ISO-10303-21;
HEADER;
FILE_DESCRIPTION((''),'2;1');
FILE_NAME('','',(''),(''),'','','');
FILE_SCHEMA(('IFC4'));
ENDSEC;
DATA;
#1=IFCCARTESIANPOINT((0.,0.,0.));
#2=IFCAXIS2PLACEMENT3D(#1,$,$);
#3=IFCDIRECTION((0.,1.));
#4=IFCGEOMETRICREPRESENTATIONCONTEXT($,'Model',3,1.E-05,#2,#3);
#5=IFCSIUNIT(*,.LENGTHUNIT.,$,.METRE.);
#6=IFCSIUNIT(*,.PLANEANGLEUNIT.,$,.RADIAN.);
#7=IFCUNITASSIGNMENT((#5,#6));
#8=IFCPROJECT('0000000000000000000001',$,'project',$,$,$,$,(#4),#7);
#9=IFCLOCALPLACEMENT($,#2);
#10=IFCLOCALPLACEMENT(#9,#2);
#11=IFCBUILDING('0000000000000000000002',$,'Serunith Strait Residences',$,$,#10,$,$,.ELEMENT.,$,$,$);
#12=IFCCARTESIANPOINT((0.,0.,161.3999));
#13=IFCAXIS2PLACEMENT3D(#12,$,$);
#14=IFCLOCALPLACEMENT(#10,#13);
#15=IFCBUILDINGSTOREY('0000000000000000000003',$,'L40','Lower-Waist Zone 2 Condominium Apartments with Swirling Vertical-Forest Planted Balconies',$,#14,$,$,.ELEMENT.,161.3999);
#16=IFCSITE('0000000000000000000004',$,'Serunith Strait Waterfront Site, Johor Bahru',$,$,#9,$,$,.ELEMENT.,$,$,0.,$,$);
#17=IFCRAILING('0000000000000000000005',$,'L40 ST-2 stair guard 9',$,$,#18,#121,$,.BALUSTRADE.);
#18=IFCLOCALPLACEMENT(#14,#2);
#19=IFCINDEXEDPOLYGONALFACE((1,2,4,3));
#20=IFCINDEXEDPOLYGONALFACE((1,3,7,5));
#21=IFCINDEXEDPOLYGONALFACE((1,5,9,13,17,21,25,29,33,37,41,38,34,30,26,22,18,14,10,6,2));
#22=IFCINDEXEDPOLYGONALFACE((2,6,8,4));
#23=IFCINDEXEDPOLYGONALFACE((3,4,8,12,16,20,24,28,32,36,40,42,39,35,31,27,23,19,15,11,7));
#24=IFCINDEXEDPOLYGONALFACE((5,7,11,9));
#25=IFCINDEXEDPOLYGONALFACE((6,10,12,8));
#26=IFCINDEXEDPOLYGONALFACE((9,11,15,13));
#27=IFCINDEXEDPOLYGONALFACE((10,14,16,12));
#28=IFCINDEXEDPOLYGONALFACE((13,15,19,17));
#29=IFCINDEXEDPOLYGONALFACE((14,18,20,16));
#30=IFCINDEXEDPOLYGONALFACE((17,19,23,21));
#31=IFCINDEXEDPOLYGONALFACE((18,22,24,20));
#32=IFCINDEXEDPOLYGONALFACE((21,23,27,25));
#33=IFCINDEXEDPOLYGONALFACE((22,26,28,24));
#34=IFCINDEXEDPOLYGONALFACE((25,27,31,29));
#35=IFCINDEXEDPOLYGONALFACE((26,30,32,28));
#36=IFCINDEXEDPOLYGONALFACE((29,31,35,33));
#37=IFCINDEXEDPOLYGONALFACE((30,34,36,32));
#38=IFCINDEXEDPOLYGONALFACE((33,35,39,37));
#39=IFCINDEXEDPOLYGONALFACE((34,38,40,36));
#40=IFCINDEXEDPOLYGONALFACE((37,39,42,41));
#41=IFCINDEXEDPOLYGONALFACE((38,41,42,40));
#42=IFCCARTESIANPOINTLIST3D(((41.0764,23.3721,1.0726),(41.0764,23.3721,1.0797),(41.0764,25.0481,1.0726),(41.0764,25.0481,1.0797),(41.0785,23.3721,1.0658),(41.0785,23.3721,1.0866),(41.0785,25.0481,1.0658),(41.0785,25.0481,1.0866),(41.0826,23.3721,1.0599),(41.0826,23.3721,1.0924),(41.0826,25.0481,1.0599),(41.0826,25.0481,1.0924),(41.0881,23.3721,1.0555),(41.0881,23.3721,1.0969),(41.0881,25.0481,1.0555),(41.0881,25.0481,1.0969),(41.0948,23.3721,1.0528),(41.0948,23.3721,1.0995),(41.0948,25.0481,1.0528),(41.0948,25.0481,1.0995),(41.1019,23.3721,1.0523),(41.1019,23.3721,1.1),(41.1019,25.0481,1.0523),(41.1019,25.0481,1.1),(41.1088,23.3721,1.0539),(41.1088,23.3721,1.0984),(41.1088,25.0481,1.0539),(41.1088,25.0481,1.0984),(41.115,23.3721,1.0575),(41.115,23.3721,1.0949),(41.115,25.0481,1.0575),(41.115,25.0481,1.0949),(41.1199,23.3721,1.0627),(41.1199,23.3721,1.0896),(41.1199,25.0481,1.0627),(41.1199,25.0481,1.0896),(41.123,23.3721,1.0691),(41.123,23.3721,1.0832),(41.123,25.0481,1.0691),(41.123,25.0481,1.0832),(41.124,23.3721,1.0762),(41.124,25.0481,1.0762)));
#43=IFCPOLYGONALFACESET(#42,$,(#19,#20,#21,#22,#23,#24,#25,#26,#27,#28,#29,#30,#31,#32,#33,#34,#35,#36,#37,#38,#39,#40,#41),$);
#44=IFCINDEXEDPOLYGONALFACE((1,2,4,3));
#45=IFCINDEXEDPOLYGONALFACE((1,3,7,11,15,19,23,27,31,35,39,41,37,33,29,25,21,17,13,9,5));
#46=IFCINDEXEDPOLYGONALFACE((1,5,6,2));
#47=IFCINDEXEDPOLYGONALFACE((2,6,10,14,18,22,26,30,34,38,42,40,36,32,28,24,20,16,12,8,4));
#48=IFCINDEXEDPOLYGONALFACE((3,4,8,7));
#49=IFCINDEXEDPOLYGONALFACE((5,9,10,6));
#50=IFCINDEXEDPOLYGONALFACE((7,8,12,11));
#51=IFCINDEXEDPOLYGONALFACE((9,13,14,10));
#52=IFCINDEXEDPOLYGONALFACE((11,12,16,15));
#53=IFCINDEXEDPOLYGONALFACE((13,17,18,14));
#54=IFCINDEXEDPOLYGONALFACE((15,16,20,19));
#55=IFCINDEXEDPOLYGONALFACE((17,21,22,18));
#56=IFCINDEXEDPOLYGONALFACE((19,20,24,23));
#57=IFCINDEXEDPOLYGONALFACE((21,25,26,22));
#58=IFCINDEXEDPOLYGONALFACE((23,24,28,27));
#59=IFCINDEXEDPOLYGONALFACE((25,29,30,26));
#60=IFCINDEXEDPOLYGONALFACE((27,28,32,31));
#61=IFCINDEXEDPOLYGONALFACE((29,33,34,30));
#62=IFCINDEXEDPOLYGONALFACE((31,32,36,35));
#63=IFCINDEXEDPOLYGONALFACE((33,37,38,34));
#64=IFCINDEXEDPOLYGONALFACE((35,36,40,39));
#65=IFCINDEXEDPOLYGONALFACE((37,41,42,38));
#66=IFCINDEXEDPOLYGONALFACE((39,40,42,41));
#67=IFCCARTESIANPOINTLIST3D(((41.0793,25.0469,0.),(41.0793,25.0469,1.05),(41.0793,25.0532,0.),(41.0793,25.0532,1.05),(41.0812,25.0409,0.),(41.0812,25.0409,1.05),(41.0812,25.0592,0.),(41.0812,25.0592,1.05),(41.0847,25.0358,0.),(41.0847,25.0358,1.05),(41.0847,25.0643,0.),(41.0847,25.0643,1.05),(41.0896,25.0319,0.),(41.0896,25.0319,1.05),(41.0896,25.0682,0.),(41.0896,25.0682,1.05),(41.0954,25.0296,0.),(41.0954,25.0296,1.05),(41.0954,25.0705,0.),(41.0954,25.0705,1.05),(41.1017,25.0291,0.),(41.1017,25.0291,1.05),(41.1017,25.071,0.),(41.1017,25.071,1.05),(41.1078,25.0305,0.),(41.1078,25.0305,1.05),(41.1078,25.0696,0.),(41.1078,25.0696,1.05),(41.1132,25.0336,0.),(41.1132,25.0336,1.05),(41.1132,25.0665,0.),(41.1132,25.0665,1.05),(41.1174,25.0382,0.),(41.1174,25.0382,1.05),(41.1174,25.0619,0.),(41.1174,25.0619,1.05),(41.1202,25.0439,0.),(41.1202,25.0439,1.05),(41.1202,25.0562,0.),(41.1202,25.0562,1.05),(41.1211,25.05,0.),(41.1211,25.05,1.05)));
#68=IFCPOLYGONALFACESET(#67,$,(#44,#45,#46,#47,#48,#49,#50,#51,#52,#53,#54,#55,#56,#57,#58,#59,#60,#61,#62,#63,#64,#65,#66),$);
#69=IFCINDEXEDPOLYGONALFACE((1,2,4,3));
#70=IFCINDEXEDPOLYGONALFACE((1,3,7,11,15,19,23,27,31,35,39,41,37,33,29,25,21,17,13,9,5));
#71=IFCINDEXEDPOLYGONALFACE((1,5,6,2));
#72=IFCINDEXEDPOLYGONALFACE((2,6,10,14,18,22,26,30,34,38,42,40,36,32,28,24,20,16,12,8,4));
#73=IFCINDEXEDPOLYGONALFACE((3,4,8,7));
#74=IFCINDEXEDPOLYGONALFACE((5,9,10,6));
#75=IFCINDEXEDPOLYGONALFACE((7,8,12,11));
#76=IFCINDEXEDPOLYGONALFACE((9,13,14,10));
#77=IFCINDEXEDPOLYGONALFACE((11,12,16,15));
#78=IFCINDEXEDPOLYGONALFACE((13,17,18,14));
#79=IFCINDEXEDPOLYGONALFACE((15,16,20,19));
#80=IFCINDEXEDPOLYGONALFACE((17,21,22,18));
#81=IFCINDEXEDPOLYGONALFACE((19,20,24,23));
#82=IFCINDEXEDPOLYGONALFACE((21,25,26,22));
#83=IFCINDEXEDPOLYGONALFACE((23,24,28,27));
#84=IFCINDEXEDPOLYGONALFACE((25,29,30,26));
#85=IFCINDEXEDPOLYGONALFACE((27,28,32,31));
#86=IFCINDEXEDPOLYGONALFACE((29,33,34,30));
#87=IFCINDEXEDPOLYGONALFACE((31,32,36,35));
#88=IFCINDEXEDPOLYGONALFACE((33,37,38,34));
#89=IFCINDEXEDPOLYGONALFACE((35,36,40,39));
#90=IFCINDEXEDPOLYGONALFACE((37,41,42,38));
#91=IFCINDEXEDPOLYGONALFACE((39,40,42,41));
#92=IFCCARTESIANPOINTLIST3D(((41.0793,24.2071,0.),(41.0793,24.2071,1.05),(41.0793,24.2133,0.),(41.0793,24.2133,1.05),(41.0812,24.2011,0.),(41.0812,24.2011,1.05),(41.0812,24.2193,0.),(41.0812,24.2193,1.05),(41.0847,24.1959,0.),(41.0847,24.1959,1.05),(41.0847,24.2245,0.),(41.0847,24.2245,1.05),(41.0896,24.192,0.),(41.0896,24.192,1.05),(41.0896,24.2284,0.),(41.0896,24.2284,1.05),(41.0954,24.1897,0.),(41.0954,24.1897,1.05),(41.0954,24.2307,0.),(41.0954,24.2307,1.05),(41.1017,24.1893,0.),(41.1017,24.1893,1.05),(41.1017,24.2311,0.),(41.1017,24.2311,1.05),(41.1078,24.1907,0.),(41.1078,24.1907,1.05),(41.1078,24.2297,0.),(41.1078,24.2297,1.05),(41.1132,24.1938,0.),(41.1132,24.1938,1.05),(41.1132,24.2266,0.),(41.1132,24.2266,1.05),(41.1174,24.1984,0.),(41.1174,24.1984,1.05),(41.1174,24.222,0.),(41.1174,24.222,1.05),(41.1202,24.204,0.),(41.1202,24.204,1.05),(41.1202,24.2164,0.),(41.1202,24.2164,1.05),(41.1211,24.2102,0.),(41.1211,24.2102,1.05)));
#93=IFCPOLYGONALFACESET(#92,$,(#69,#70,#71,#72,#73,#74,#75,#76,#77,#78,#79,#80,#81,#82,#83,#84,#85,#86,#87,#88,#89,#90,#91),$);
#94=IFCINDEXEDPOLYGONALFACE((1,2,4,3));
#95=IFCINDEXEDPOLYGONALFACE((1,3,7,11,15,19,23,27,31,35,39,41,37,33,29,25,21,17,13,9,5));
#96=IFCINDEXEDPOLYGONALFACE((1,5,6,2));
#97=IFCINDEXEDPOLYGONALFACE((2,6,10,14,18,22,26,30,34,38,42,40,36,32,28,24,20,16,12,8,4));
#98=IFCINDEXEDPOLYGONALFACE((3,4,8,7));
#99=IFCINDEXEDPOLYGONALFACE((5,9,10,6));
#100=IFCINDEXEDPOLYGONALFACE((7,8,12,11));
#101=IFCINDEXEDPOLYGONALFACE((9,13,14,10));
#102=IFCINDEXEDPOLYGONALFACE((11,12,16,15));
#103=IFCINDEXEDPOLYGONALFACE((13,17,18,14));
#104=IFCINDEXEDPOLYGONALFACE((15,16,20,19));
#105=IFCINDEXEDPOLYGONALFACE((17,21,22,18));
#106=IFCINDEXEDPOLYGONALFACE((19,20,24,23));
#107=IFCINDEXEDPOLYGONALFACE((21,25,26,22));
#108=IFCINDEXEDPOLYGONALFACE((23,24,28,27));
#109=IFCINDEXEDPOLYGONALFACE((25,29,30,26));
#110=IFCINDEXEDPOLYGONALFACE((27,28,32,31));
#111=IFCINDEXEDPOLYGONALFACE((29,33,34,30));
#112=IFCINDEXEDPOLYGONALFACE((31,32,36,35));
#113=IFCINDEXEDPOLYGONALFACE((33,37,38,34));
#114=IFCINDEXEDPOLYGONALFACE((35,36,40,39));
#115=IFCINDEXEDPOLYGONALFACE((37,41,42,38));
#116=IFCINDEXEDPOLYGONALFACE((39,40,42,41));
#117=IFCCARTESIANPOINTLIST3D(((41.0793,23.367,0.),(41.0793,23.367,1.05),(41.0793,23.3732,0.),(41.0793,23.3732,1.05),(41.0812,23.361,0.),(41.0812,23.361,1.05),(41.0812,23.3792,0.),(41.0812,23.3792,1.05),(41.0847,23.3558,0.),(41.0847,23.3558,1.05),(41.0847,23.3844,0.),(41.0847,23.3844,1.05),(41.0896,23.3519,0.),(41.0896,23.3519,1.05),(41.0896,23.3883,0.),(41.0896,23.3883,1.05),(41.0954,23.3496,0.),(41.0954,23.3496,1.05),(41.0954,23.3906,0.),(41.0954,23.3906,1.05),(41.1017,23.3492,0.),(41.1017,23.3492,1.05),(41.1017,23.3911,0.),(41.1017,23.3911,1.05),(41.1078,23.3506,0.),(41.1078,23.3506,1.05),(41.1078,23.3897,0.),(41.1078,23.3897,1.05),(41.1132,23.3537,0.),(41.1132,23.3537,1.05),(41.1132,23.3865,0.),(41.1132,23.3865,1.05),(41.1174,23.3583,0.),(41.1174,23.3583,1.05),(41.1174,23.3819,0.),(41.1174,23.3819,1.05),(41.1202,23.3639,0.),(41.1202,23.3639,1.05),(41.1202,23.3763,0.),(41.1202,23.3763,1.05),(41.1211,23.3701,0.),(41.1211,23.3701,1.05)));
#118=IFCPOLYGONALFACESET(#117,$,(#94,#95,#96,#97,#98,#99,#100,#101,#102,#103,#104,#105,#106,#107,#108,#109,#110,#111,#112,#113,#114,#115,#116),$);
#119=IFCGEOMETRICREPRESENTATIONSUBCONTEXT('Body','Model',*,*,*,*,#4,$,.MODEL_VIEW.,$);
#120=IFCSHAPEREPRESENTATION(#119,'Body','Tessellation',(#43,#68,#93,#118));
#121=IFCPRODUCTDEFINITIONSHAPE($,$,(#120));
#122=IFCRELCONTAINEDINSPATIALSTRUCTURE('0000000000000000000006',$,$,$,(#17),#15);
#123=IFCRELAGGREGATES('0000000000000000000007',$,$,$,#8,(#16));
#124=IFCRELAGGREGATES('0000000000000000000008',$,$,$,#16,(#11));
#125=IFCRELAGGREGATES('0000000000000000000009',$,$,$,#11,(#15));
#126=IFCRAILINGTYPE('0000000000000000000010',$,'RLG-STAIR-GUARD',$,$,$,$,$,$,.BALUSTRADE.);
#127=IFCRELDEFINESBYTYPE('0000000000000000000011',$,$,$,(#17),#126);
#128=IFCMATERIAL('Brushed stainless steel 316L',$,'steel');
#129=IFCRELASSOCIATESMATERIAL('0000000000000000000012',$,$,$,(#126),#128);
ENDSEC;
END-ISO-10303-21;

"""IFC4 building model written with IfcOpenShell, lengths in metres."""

from ifc_helpers import new_model, si_unit, direction, frame, origin, origin_2d, place, context, subcontext, project, spatial, circle, extrude, material, type_object, element, save


model = new_model("IFC4")

# Units and contexts
model_context = context("Model", 3, precision=1e-05, world=origin(), true_north=direction((0.0, 1.0)))
body_context = subcontext(model_context, "Body", "Model", "MODEL_VIEW")
ifc_project = project(units=[si_unit("LENGTHUNIT", "METRE"), si_unit("PLANEANGLEUNIT", "RADIAN")], contexts=[model_context])

# Site, building, storey
site_placement = place(None, origin())
site = spatial("IfcSite", under=ifc_project, at=site_placement, Name="Serunith Strait Waterfront Site, Johor Bahru", CompositionType="ELEMENT", RefElevation=0.0)
building_placement = place(site_placement, origin())
building = spatial("IfcBuilding", under=site, at=building_placement, Name="Serunith Strait Residences", CompositionType="ELEMENT")
storey_placement = place(building_placement, frame((0.0, 0.0, 161.3999)))
storey = spatial("IfcBuildingStorey", under=building, at=storey_placement, Name="L40", Description="Lower-Waist Zone 2 Condominium Apartments with Swirling Vertical-Forest Planted Balconies", CompositionType="ELEMENT", Elevation=161.3999)

# Railing
ifc_material_1 = material(Name="Brushed stainless steel 316L", Category="steel")
railing_type = type_object("IfcRailingType", Name="RLG-STAIR-GUARD", PredefinedType="BALUSTRADE", material=ifc_material_1)
for number, where, name in (
    (1, (41.1001, 25.05, 0.0), "L40 ST-2 stair guard 9"),
):
    element("IfcRailing", number, at=place(storey_placement, frame(where)), inside=storey, type_object=railing_type, Name=name, PredefinedType="BALUSTRADE", context=body_context, shape_type="SweptSolid", body=[
        extrude(circle(Radius=0.0239, at=origin_2d()), frame((0.0, -0.002, 1.0762), z_axis=(0.0, -1.0, 0.0), x_axis=(1.0, 0.0, 0.0)), (0.0, 0.0, 1.0), 1.676),
        extrude(circle(Radius=0.021, at=origin_2d()), origin(), (0.0, 0.0, 1.0), 1.05),
        extrude(circle(Radius=0.021, at=origin_2d()), frame((0.0, -0.8398, 0.0)), (0.0, 0.0, 1.0), 1.05),
        extrude(circle(Radius=0.021, at=origin_2d()), frame((0.0, -1.6799, 0.0)), (0.0, 0.0, 1.0), 1.05),
    ])

save(model, "model.ifc")
